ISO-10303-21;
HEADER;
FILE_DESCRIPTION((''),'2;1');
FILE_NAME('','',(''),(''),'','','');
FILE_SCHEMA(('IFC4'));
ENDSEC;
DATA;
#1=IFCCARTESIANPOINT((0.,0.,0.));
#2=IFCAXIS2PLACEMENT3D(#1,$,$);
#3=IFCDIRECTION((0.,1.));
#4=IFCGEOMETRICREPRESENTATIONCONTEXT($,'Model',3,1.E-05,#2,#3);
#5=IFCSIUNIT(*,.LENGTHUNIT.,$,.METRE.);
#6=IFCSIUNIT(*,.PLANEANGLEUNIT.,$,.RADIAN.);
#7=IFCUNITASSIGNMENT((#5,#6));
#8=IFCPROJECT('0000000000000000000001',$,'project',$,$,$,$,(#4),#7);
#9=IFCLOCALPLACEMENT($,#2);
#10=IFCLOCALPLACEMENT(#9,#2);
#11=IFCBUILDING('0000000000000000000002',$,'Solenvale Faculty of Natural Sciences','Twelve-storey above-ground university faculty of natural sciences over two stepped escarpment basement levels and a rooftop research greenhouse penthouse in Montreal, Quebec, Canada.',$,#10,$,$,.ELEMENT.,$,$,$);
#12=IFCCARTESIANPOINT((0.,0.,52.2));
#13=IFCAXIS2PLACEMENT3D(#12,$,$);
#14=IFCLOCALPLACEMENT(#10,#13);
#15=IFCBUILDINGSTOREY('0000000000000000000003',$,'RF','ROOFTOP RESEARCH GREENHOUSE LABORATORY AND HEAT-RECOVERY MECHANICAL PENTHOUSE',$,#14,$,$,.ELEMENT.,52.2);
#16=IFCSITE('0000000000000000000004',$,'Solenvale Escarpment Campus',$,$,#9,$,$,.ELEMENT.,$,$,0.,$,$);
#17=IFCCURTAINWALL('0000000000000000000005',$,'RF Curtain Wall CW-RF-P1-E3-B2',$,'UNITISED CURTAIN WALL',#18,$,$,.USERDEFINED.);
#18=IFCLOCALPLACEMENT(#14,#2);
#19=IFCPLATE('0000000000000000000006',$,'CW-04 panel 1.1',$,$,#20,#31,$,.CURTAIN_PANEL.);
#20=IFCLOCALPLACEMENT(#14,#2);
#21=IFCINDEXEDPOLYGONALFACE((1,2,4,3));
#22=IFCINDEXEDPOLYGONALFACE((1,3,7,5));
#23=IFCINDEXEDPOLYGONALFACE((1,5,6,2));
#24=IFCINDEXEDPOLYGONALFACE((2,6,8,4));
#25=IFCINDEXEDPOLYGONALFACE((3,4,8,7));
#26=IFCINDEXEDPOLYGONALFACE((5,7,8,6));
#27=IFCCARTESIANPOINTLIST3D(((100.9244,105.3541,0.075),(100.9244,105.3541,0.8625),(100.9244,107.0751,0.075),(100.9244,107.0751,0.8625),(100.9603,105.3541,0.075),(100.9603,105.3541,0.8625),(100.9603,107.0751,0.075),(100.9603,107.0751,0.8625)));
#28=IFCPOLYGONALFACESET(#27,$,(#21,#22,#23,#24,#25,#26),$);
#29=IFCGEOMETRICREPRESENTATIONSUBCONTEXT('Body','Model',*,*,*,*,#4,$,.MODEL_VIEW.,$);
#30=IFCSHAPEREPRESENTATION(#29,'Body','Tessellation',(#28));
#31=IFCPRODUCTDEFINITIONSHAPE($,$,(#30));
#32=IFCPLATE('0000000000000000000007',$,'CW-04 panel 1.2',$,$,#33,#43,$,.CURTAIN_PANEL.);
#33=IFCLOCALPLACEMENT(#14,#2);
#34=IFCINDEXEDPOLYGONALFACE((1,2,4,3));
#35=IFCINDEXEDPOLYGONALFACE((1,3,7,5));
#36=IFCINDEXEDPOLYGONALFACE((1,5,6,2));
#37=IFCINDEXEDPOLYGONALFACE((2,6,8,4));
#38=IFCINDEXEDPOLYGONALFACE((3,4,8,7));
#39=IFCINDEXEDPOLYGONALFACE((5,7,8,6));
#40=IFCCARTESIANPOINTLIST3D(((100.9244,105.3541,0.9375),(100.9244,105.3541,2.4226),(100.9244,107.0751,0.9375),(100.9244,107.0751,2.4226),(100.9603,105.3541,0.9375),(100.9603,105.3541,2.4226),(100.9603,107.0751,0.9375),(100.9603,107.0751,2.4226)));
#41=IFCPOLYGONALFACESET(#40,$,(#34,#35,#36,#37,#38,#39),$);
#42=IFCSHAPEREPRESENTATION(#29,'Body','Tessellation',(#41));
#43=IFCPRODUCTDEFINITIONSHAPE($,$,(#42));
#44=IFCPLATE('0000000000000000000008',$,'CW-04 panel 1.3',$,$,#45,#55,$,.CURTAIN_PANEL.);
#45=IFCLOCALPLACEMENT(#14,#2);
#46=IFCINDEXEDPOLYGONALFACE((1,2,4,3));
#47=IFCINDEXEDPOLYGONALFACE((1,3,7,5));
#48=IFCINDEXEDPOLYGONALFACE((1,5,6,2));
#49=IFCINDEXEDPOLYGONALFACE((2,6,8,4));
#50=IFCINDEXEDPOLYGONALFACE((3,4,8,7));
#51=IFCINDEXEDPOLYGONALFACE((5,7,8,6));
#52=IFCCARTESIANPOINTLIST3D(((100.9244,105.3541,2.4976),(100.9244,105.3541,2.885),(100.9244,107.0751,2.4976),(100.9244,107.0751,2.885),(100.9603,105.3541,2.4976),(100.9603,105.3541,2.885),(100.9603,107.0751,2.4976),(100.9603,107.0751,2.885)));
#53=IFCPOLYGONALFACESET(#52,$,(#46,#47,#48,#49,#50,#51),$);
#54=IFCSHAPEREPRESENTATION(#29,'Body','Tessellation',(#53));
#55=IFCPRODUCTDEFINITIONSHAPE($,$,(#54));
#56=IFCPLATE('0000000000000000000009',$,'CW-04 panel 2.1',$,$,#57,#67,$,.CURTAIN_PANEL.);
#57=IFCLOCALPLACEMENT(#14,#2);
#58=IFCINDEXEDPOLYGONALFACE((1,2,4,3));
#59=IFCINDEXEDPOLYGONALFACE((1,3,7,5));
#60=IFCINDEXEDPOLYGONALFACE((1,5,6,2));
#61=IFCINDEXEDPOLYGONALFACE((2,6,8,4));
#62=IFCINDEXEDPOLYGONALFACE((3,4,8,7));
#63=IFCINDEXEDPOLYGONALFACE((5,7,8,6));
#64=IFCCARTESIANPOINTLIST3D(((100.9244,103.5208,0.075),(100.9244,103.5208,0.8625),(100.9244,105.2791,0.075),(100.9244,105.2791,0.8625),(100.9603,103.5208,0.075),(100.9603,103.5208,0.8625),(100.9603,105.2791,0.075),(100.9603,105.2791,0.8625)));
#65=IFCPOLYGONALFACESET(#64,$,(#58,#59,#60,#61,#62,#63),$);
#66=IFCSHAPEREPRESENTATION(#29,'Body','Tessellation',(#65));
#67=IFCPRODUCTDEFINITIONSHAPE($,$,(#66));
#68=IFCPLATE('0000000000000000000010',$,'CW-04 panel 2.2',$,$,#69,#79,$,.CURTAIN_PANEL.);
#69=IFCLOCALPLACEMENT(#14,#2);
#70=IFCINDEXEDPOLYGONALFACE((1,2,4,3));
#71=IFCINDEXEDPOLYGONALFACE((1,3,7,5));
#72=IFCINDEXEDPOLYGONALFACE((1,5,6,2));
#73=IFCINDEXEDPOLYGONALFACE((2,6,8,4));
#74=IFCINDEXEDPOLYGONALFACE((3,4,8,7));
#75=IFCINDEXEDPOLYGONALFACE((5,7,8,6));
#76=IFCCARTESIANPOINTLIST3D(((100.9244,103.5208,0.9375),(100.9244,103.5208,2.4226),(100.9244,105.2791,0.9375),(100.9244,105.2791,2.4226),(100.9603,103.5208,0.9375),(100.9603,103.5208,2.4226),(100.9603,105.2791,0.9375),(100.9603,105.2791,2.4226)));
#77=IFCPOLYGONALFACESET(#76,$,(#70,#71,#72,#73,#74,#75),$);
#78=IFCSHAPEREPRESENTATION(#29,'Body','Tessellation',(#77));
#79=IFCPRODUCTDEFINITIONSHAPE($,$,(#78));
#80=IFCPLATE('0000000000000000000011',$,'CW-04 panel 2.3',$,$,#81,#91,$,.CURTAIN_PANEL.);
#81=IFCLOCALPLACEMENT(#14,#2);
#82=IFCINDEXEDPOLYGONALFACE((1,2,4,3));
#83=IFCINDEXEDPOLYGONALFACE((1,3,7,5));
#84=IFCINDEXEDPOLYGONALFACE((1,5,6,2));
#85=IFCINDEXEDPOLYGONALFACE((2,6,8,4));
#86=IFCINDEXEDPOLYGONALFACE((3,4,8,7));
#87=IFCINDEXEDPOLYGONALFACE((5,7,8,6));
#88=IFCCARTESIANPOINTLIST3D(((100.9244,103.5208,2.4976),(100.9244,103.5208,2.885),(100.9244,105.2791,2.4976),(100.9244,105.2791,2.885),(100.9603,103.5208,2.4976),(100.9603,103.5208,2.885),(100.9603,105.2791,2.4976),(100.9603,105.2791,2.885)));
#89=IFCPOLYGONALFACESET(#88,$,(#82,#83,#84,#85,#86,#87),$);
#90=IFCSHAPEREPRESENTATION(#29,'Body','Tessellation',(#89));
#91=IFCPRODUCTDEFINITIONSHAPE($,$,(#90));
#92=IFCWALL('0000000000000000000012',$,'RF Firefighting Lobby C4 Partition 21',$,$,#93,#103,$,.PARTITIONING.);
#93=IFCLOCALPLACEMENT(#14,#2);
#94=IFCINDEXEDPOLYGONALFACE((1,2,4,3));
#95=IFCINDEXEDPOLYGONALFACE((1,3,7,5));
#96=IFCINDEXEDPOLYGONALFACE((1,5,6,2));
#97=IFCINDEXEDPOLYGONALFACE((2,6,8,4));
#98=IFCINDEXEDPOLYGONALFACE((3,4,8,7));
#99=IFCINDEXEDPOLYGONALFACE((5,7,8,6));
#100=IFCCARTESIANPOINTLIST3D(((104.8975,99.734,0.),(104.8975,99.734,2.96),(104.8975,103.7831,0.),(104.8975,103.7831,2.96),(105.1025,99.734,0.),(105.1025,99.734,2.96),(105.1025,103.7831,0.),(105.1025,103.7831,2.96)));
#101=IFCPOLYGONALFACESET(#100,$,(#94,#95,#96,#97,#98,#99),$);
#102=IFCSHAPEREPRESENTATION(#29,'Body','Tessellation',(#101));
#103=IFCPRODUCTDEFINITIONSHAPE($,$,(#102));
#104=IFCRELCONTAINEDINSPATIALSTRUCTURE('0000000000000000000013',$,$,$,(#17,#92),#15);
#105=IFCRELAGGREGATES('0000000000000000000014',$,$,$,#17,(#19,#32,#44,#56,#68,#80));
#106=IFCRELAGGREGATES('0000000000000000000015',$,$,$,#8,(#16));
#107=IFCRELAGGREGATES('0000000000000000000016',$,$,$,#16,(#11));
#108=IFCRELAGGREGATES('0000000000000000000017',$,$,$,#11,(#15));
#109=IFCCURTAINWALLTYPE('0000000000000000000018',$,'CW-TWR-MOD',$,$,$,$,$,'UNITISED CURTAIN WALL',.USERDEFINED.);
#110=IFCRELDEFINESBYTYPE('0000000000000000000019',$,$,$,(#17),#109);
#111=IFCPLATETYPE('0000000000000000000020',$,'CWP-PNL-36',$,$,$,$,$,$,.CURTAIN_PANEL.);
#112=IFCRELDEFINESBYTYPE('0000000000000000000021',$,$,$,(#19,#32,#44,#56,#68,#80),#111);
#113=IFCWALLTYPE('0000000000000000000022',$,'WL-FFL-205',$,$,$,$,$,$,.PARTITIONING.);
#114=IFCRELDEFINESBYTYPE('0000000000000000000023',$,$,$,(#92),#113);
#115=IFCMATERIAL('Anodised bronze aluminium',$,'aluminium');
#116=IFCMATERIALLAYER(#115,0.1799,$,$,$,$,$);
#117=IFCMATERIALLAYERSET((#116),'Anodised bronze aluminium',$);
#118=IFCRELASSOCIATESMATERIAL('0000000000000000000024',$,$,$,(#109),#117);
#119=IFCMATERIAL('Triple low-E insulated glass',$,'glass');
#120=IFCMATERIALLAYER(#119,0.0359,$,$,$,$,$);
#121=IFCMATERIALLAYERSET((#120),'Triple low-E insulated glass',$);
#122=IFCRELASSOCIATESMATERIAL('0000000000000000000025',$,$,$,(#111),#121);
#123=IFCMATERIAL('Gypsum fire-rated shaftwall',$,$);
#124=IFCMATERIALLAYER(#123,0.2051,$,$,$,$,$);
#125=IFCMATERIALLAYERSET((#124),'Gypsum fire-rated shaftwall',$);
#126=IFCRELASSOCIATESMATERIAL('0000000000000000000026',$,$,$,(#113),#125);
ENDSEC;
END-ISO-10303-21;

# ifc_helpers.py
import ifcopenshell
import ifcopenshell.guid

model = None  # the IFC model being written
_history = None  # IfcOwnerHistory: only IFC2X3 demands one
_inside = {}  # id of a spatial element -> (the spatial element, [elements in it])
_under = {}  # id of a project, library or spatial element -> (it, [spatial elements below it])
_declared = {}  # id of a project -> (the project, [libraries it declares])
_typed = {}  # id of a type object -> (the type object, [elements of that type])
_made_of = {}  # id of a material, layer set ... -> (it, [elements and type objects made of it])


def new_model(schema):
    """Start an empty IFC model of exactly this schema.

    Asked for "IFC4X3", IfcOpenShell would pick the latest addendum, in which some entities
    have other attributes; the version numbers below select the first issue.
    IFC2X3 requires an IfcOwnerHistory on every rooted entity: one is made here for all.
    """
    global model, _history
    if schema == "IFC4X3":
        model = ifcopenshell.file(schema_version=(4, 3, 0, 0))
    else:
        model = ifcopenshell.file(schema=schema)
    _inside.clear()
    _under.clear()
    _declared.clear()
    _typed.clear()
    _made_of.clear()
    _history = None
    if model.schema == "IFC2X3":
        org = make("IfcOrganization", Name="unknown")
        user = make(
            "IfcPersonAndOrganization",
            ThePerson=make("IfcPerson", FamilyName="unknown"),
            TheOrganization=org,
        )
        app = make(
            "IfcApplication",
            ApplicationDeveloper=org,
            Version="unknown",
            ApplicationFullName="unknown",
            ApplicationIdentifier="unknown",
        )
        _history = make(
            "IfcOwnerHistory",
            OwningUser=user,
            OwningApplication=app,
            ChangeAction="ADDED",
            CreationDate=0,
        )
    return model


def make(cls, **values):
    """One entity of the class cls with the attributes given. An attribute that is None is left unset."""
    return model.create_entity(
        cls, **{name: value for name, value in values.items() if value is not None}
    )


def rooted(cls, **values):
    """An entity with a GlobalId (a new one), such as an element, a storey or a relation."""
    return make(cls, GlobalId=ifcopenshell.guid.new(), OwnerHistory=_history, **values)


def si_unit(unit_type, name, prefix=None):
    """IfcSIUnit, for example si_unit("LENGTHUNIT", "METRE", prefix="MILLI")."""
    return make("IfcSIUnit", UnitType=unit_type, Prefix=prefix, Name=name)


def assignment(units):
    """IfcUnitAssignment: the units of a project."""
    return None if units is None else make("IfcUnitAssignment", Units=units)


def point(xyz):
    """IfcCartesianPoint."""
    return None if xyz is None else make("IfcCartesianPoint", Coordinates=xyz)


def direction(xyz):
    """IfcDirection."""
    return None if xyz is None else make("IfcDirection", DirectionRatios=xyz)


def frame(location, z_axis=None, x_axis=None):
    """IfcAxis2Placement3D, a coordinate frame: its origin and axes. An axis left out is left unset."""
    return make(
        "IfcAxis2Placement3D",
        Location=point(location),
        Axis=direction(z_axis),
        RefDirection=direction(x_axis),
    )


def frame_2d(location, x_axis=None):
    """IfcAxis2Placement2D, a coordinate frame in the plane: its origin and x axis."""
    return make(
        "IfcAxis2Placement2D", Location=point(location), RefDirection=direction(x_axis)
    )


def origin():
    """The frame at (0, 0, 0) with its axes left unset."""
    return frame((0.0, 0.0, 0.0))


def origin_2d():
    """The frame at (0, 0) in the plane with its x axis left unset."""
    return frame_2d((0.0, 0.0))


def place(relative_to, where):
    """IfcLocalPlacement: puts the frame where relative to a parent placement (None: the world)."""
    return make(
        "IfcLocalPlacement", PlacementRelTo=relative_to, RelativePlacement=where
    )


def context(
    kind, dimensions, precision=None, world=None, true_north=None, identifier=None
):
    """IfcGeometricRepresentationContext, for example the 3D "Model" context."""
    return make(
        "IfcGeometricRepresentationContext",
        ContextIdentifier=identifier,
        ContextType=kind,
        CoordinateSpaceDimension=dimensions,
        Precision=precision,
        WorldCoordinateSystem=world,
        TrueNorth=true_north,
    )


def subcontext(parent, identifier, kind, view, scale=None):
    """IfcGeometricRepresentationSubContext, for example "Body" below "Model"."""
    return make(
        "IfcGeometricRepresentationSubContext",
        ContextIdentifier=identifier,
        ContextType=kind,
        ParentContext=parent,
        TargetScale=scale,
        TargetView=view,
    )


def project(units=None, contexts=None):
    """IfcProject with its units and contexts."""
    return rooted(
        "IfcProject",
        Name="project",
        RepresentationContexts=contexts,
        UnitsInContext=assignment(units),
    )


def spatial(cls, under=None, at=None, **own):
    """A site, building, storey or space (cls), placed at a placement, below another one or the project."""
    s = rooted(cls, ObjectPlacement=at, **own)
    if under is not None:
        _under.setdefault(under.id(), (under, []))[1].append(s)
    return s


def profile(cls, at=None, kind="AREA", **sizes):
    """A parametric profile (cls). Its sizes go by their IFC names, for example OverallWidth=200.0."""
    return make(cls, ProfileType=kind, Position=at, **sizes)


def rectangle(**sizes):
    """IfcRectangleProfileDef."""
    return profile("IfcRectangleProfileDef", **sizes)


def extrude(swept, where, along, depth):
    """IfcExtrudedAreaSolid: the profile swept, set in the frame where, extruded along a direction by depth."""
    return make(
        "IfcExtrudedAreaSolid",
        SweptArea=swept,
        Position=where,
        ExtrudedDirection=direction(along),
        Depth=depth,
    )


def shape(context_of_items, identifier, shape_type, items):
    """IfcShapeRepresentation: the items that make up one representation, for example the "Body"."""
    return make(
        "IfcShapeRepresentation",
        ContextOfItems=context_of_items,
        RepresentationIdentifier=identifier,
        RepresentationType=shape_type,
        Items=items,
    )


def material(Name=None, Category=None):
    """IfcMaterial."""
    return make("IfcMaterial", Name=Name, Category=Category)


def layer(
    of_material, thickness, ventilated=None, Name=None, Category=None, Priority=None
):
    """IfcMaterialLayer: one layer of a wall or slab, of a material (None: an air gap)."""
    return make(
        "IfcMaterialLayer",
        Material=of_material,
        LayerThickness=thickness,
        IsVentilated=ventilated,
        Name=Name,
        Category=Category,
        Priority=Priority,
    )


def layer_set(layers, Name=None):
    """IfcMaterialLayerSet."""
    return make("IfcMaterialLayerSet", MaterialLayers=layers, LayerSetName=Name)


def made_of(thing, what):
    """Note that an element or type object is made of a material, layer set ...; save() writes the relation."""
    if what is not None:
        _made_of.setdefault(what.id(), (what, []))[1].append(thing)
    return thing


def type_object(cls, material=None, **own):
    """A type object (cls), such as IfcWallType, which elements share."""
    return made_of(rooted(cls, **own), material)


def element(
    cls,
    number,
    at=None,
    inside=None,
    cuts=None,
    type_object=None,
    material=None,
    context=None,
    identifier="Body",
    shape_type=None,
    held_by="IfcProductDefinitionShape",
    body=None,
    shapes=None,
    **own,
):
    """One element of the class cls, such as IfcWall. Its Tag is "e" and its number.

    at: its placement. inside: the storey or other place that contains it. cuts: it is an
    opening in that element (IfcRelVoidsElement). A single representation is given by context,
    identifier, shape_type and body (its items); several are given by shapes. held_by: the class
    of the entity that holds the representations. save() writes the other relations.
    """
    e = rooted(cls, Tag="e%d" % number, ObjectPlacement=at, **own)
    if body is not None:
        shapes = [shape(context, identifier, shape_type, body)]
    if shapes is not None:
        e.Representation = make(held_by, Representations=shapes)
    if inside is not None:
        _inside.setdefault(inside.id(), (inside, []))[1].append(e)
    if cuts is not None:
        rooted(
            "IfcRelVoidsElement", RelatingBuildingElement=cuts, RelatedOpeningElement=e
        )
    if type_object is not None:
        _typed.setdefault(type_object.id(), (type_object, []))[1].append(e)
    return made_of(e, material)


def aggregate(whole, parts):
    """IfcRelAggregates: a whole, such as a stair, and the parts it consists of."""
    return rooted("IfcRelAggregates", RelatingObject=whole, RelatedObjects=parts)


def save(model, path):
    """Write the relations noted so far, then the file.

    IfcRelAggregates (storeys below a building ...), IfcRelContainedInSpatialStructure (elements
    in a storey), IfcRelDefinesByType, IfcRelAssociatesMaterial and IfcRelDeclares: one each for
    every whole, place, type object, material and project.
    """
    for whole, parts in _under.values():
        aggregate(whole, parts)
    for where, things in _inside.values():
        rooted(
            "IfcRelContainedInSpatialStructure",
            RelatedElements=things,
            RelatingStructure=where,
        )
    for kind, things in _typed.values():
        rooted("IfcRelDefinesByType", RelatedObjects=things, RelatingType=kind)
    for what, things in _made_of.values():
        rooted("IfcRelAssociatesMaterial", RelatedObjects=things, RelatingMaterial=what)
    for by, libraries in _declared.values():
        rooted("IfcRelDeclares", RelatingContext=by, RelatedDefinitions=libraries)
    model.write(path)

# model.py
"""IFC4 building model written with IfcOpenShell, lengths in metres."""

from ifc_helpers import new_model, si_unit, direction, frame, frame_2d, origin, origin_2d, place, context, subcontext, project, spatial, rectangle, extrude, material, layer, layer_set, type_object, element, aggregate, save


model = new_model("IFC4")

# Units and contexts
model_context = context("Model", 3, precision=1e-05, world=origin(), true_north=direction((0.0, 1.0)))
body_context = subcontext(model_context, "Body", "Model", "MODEL_VIEW")
ifc_project = project(units=[si_unit("LENGTHUNIT", "METRE"), si_unit("PLANEANGLEUNIT", "RADIAN")], contexts=[model_context])

# Site, building, storey
site_placement = place(None, origin())
site = spatial("IfcSite", under=ifc_project, at=site_placement, Name="Solenvale Escarpment Campus", CompositionType="ELEMENT", RefElevation=0.0)
building_placement = place(site_placement, origin())
building = spatial("IfcBuilding", under=site, at=building_placement, Name="Solenvale Faculty of Natural Sciences", Description="Twelve-storey above-ground university faculty of natural sciences over two stepped escarpment basement levels and a rooftop research greenhouse penthouse in Montreal, Quebec, Canada.", CompositionType="ELEMENT")
storey_placement = place(building_placement, frame((0.0, 0.0, 52.2)))
storey = spatial("IfcBuildingStorey", under=building, at=storey_placement, Name="RF", Description="ROOFTOP RESEARCH GREENHOUSE LABORATORY AND HEAT-RECOVERY MECHANICAL PENTHOUSE", CompositionType="ELEMENT", Elevation=52.2)

# Curtain wall, plates
ifc_material_1 = material(Name="Anodised bronze aluminium", Category="aluminium")
ifc_layer_1 = layer(ifc_material_1, 0.1799)
ifc_layer_set_1 = layer_set([ifc_layer_1], Name="Anodised bronze aluminium")
curtain_wall_type = type_object("IfcCurtainWallType", Name="CW-TWR-MOD", ElementType="UNITISED CURTAIN WALL", PredefinedType="USERDEFINED", material=ifc_layer_set_1)
curtain_wall_placement = place(storey_placement, origin())
curtain_wall = element("IfcCurtainWall", 1, at=curtain_wall_placement, inside=storey, type_object=curtain_wall_type, Name="RF Curtain Wall CW-RF-P1-E3-B2", ObjectType="UNITISED CURTAIN WALL", PredefinedType="USERDEFINED")
ifc_material_2 = material(Name="Triple low-E insulated glass", Category="glass")
ifc_layer_2 = layer(ifc_material_2, 0.0359)
ifc_layer_set_2 = layer_set([ifc_layer_2], Name="Triple low-E insulated glass")
plate_type = type_object("IfcPlateType", Name="CWP-PNL-36", PredefinedType="CURTAIN_PANEL", material=ifc_layer_set_2)
plate_1_placement = place(storey_placement, frame((100.9424, 106.2146, 0.075), z_axis=(0.0, 0.0, 1.0), x_axis=(0.0, -1.0, 0.0)))
plate_1 = element("IfcPlate", 2, at=plate_1_placement, type_object=plate_type, Name="CW-04 panel 1.1", PredefinedType="CURTAIN_PANEL", context=body_context, shape_type="SweptSolid", body=[
    extrude(rectangle(XDim=1.7209, YDim=0.0359, at=origin_2d()), origin(), (0.0, 0.0, 1.0), 0.7876),
])
plate_2_placement = place(storey_placement, frame((100.9424, 106.2146, 0.9375), z_axis=(0.0, 0.0, 1.0), x_axis=(0.0, -1.0, 0.0)))
plate_2 = element("IfcPlate", 3, at=plate_2_placement, type_object=plate_type, Name="CW-04 panel 1.2", PredefinedType="CURTAIN_PANEL", context=body_context, shape_type="SweptSolid", body=[
    extrude(rectangle(XDim=1.7209, YDim=0.0359, at=origin_2d()), origin(), (0.0, 0.0, 1.0), 1.4851),
])
plate_3_placement = place(storey_placement, frame((100.9424, 106.2146, 2.4976), z_axis=(0.0, 0.0, 1.0), x_axis=(0.0, -1.0, 0.0)))
plate_3 = element("IfcPlate", 4, at=plate_3_placement, type_object=plate_type, Name="CW-04 panel 1.3", PredefinedType="CURTAIN_PANEL", context=body_context, shape_type="SweptSolid", body=[
    extrude(rectangle(XDim=1.7209, YDim=0.0359, at=origin_2d()), origin(), (0.0, 0.0, 1.0), 0.3875),
])
plate_4_placement = place(storey_placement, frame((100.9424, 104.3999, 0.075), z_axis=(0.0, 0.0, 1.0), x_axis=(0.0, -1.0, 0.0)))
plate_4 = element("IfcPlate", 5, at=plate_4_placement, type_object=plate_type, Name="CW-04 panel 2.1", PredefinedType="CURTAIN_PANEL", context=body_context, shape_type="SweptSolid", body=[
    extrude(rectangle(XDim=1.7583, YDim=0.0359, at=origin_2d()), origin(), (0.0, 0.0, 1.0), 0.7876),
])
plate_5_placement = place(storey_placement, frame((100.9424, 104.3999, 0.9375), z_axis=(0.0, 0.0, 1.0), x_axis=(0.0, -1.0, 0.0)))
plate_5 = element("IfcPlate", 6, at=plate_5_placement, type_object=plate_type, Name="CW-04 panel 2.2", PredefinedType="CURTAIN_PANEL", context=body_context, shape_type="SweptSolid", body=[
    extrude(rectangle(XDim=1.7583, YDim=0.0359, at=origin_2d()), origin(), (0.0, 0.0, 1.0), 1.4851),
])
plate_6_placement = place(storey_placement, frame((100.9424, 104.3999, 2.4976), z_axis=(0.0, 0.0, 1.0), x_axis=(0.0, -1.0, 0.0)))
plate_6 = element("IfcPlate", 7, at=plate_6_placement, type_object=plate_type, Name="CW-04 panel 2.3", PredefinedType="CURTAIN_PANEL", context=body_context, shape_type="SweptSolid", body=[
    extrude(rectangle(XDim=1.7583, YDim=0.0359, at=origin_2d()), origin(), (0.0, 0.0, 1.0), 0.3875),
])
aggregate(curtain_wall, [plate_1, plate_2, plate_3, plate_4, plate_5, plate_6])

# Shared definitions
ifc_material_3 = material(Name="Gypsum fire-rated shaftwall")
ifc_layer_3 = layer(ifc_material_3, 0.2051)
ifc_layer_set_3 = layer_set([ifc_layer_3], Name="Gypsum fire-rated shaftwall")
wall_type = type_object("IfcWallType", Name="WL-FFL-205", PredefinedType="PARTITIONING", material=ifc_layer_set_3)

# Wall
wall_1_placement = place(storey_placement, frame((105.0, 103.783, 0.0), z_axis=(0.0, 0.0, 1.0), x_axis=(0.0, -1.0, 0.0)))
element("IfcWall", 8, at=wall_1_placement, inside=storey, type_object=wall_type, Name="RF Firefighting Lobby C4 Partition 21", PredefinedType="PARTITIONING", context=body_context, shape_type="SweptSolid", body=[
    extrude(rectangle(XDim=4.0491, YDim=0.2051, at=frame_2d((2.0244, 0.0))), origin(), (0.0, 0.0, 1.0), 2.96),
])

save(model, "model.ifc")
